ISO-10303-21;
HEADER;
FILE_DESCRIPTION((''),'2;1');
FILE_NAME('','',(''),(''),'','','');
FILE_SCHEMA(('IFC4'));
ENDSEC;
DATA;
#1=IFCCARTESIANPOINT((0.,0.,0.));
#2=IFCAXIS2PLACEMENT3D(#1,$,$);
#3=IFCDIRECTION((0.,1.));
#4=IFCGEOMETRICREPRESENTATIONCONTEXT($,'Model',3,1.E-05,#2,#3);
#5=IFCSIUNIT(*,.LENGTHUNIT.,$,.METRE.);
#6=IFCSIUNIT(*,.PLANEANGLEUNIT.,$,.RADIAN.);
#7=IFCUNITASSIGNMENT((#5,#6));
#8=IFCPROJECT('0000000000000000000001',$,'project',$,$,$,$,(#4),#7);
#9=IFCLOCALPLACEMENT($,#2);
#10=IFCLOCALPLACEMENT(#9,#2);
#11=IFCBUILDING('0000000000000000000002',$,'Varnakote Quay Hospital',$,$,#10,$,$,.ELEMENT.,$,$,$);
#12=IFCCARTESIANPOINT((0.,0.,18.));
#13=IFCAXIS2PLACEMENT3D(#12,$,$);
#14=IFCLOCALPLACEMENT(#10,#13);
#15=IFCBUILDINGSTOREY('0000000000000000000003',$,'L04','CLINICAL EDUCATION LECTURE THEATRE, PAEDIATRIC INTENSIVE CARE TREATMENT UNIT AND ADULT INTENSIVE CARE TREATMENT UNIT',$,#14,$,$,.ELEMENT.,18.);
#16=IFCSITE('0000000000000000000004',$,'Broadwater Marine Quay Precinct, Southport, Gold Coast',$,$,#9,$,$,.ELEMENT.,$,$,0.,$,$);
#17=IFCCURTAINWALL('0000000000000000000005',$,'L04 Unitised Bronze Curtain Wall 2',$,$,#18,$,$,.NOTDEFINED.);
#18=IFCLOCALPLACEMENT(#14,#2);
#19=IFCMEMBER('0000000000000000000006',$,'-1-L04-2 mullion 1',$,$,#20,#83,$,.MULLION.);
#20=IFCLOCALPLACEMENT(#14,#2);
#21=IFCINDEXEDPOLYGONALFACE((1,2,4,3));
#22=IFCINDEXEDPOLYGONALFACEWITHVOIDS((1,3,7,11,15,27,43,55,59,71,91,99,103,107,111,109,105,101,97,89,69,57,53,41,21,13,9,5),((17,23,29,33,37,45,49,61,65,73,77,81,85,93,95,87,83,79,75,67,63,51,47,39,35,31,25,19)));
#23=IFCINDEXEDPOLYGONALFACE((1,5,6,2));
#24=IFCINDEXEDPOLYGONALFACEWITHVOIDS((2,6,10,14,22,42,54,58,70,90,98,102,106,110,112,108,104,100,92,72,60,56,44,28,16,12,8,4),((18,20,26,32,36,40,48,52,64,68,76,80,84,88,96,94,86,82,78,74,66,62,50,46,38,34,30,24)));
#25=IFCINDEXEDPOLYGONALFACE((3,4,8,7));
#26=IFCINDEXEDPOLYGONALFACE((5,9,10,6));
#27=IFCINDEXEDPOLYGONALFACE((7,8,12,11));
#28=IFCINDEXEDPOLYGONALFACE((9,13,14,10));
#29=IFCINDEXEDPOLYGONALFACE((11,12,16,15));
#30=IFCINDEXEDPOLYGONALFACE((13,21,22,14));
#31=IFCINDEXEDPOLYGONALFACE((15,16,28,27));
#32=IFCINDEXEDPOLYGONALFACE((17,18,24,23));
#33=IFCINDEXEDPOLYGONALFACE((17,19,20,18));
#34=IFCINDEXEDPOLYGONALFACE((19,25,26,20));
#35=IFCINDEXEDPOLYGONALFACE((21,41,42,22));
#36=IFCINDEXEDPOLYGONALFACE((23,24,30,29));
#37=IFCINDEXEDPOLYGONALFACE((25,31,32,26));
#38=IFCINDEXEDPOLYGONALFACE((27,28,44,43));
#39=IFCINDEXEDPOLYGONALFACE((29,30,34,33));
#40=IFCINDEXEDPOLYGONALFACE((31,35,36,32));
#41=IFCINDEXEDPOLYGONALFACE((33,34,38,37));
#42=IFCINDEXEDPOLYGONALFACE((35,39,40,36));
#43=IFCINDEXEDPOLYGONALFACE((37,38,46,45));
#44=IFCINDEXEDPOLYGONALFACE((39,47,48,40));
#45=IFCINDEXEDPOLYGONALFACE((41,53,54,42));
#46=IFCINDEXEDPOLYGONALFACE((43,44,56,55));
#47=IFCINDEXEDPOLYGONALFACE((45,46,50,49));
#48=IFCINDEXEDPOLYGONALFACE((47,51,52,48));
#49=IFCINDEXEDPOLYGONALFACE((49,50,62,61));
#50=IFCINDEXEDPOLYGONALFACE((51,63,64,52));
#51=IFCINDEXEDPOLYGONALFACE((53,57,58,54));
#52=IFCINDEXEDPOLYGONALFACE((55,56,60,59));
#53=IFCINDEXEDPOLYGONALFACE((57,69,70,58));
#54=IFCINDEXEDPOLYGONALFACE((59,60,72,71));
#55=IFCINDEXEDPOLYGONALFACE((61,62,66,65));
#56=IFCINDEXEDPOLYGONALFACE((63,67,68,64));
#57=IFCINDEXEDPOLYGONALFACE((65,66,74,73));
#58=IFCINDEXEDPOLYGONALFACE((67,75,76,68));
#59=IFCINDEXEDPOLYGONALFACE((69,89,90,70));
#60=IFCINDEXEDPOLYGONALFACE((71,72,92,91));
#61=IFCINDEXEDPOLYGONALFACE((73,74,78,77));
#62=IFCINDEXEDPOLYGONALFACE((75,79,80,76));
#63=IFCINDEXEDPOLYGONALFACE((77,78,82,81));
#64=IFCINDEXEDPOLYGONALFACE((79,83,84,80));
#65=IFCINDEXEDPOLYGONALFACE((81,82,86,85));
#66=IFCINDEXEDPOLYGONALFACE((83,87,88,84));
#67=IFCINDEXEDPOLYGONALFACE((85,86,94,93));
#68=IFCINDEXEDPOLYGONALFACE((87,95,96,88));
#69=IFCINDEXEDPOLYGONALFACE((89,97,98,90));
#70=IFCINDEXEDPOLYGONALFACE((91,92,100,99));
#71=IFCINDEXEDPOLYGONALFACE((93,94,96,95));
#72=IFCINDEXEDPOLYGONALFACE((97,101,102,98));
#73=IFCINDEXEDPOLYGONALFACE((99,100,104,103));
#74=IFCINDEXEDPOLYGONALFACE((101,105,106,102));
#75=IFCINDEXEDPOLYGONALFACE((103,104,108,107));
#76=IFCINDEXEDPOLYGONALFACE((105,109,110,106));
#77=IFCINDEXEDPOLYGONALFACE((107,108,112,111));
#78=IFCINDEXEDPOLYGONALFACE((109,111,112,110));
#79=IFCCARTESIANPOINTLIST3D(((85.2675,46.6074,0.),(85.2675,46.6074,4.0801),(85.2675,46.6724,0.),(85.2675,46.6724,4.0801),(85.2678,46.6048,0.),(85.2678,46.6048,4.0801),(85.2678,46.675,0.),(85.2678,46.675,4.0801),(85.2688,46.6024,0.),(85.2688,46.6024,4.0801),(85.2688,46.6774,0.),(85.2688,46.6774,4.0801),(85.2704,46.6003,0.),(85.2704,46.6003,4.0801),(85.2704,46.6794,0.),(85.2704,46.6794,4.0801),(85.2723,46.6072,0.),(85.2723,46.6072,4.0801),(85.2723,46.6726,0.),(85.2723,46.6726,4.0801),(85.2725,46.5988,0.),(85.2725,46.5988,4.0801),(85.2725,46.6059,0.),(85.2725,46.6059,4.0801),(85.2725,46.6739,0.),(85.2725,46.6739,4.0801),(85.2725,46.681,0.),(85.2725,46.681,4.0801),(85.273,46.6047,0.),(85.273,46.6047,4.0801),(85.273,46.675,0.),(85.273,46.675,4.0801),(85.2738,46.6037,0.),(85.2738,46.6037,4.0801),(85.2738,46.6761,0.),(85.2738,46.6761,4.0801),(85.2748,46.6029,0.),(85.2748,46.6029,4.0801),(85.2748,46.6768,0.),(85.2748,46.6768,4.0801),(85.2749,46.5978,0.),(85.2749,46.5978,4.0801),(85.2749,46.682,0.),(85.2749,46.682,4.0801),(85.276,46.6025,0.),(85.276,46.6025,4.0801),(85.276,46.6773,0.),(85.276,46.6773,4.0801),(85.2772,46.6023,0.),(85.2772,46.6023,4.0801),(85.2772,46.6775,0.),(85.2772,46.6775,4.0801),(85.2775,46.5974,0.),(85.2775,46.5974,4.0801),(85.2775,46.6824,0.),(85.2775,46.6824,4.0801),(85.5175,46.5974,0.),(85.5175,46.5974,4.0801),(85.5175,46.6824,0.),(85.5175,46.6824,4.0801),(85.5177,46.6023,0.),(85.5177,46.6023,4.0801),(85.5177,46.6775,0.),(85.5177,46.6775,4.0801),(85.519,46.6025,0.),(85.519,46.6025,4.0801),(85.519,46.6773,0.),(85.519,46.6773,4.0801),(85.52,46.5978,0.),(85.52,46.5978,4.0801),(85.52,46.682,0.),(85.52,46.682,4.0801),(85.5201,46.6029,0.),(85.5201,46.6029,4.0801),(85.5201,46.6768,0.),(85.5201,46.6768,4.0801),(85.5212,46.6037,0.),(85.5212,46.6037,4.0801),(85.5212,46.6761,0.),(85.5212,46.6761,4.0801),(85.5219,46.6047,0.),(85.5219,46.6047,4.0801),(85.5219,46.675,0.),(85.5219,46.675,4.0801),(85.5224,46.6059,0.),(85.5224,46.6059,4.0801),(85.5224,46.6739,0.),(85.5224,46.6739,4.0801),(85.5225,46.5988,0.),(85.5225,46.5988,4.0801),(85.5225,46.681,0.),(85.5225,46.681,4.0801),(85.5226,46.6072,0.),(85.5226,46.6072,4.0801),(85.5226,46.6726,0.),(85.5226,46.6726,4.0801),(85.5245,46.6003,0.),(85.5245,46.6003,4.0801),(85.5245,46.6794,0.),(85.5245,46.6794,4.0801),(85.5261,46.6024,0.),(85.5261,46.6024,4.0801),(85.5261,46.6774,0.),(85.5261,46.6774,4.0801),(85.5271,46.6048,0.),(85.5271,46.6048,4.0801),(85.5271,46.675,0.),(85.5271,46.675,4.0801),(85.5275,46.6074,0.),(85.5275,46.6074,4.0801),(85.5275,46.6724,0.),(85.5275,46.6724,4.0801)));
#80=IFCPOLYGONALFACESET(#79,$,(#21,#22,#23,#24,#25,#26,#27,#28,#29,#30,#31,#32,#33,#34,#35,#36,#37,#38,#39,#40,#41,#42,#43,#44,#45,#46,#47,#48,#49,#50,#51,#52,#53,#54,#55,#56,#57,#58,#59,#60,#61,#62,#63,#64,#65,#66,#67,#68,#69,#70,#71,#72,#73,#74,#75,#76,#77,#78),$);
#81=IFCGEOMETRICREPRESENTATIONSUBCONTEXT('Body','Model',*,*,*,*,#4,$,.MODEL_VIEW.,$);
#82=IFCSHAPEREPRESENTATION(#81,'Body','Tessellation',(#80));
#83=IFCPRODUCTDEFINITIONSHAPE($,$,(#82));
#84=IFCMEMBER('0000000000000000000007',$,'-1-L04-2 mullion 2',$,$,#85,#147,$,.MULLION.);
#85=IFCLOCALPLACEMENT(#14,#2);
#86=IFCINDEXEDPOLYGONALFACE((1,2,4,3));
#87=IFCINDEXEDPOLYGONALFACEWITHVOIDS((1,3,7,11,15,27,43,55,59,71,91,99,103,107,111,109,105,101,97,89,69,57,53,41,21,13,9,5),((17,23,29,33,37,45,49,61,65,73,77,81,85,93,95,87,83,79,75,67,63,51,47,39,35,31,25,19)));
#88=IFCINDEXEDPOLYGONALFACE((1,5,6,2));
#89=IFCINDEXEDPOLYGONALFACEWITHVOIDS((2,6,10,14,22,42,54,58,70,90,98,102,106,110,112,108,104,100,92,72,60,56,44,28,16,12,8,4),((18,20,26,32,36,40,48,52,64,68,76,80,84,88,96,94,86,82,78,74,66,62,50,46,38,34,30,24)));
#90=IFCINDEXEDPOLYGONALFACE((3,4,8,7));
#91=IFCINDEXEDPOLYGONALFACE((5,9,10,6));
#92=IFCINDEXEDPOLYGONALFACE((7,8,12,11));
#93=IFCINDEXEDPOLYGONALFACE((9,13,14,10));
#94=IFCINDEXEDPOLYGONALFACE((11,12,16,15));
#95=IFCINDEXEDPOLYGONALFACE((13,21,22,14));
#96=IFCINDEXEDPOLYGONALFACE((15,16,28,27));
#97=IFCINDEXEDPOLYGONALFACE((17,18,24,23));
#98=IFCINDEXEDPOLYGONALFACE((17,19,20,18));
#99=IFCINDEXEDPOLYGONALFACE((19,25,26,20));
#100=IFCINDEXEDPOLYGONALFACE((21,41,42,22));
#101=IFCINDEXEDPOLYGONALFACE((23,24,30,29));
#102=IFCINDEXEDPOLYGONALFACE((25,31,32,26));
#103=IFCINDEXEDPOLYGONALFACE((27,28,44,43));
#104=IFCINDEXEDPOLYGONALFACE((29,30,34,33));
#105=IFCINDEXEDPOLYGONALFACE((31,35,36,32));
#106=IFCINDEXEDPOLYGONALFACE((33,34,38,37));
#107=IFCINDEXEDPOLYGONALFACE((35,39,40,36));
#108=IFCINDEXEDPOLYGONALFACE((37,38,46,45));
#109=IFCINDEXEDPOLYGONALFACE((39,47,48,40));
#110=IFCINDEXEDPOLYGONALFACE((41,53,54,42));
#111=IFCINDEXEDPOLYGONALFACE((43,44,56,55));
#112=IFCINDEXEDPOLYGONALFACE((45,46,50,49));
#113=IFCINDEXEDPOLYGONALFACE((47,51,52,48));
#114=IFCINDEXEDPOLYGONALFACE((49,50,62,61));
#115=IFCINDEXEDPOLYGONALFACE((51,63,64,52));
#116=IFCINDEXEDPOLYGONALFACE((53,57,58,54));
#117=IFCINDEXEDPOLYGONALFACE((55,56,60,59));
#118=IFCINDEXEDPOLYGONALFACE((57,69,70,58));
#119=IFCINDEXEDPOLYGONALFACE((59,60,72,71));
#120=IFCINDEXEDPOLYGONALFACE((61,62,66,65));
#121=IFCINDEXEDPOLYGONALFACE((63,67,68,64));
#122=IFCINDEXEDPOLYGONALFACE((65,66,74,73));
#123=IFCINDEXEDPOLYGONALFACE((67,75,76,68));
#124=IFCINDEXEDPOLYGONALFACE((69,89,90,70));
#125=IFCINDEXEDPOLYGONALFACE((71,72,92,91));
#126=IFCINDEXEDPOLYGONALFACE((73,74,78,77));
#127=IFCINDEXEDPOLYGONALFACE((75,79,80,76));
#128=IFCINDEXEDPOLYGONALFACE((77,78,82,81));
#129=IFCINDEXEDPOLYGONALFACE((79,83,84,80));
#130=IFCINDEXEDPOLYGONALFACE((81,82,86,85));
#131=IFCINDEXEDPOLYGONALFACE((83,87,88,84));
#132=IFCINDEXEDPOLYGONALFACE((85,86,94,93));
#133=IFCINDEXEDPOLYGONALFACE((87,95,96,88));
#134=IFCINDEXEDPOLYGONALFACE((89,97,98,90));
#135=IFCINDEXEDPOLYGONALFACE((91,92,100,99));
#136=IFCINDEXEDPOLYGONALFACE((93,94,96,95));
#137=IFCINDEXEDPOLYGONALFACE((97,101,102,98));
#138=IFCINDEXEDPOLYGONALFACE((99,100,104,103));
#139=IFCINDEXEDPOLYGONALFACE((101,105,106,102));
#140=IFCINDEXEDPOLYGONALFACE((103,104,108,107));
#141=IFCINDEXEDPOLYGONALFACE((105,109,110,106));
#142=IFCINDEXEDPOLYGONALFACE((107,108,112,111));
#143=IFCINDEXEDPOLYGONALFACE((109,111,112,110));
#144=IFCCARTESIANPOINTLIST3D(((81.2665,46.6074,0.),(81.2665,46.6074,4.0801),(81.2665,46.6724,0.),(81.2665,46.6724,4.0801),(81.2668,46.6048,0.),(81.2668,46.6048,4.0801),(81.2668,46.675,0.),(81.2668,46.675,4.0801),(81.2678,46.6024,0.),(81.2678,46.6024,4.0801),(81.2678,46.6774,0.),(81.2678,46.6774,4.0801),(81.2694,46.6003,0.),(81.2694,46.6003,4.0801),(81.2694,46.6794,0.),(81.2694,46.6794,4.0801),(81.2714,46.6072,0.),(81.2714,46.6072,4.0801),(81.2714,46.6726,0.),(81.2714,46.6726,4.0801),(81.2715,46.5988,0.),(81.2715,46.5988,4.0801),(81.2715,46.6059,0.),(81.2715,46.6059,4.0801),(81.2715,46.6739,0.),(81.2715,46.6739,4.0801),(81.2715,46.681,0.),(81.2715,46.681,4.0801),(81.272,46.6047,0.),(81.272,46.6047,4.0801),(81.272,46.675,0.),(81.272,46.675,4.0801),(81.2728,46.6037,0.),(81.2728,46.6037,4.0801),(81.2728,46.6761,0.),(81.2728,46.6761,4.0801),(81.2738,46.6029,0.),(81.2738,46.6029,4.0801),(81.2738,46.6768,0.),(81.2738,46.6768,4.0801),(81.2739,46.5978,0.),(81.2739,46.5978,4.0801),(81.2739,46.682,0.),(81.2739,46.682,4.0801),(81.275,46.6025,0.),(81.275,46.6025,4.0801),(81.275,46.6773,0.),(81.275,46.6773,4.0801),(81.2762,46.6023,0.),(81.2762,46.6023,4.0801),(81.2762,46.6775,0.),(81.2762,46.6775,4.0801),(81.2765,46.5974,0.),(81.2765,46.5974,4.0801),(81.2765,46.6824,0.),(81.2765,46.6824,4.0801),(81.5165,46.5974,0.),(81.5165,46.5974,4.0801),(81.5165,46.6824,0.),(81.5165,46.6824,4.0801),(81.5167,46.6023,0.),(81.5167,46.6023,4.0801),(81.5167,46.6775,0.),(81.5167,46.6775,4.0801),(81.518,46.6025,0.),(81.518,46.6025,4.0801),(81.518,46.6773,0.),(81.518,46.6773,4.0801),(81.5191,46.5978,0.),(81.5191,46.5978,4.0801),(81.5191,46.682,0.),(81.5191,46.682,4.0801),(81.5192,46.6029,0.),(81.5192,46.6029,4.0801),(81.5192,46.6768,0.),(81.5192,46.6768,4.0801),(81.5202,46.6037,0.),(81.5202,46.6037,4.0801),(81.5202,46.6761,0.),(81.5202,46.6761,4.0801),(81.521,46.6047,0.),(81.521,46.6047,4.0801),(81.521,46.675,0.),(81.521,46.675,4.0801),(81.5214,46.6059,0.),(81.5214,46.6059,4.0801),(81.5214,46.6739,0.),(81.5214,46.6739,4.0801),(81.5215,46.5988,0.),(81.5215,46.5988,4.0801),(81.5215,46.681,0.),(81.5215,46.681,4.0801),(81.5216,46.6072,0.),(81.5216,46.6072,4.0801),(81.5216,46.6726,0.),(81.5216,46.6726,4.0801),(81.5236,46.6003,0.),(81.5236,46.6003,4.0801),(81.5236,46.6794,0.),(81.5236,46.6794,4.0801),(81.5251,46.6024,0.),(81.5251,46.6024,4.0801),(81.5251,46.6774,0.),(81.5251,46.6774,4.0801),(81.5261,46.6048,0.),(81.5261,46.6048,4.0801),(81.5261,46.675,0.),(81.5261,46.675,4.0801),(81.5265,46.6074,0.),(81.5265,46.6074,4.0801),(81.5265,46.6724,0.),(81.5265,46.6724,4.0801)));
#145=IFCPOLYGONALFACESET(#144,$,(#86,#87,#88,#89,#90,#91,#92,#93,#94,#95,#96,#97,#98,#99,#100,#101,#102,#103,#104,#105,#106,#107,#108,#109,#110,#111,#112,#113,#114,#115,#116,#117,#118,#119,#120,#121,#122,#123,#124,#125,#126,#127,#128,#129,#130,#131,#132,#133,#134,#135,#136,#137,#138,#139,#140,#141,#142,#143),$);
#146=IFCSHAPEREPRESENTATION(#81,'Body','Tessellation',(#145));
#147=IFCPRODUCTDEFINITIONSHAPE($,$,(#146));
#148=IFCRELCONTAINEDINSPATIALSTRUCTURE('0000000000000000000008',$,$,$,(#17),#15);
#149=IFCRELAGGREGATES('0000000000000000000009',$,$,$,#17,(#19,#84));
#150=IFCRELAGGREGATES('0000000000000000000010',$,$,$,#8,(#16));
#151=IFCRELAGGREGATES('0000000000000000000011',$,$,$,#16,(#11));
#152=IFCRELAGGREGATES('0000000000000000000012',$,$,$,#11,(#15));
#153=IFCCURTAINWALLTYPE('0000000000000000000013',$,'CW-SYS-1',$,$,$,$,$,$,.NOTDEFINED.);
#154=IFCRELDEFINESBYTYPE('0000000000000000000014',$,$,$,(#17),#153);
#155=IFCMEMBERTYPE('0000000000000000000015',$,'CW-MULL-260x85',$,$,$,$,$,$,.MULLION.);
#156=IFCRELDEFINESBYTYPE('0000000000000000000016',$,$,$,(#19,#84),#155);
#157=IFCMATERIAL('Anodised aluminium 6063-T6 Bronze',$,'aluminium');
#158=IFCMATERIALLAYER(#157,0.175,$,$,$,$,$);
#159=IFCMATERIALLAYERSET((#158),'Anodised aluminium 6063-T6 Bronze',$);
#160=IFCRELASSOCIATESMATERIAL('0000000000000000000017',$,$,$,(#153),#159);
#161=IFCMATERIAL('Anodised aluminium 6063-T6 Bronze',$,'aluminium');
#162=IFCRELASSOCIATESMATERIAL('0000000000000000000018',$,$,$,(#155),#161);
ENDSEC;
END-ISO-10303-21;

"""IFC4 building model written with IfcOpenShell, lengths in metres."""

from ifc_helpers import new_model, si_unit, direction, frame, origin, origin_2d, place, context, subcontext, project, spatial, hollow_rectangle, extrude, material, layer, layer_set, material_profile, profile_set, type_object, element, aggregate, save


model = new_model("IFC4")

# Units and contexts
model_context = context("Model", 3, precision=1e-05, world=origin(), true_north=direction((0.0, 1.0)))
body_context = subcontext(model_context, "Body", "Model", "MODEL_VIEW")
ifc_project = project(units=[si_unit("LENGTHUNIT", "METRE"), si_unit("PLANEANGLEUNIT", "RADIAN")], contexts=[model_context])

# Site, building, storey
site_placement = place(None, origin())
site = spatial("IfcSite", under=ifc_project, at=site_placement, Name="Broadwater Marine Quay Precinct, Southport, Gold Coast", CompositionType="ELEMENT", RefElevation=0.0)
building_placement = place(site_placement, origin())
building = spatial("IfcBuilding", under=site, at=building_placement, Name="Varnakote Quay Hospital", CompositionType="ELEMENT")
storey_placement = place(building_placement, frame((0.0, 0.0, 18.0)))
storey = spatial("IfcBuildingStorey", under=building, at=storey_placement, Name="L04", Description="CLINICAL EDUCATION LECTURE THEATRE, PAEDIATRIC INTENSIVE CARE TREATMENT UNIT AND ADULT INTENSIVE CARE TREATMENT UNIT", CompositionType="ELEMENT", Elevation=18.0)

# Shared definitions
ifc_material_1 = material(Name="Anodised aluminium 6063-T6 Bronze", Category="aluminium")
ifc_layer_1 = layer(ifc_material_1, 0.175)
ifc_layer_set_1 = layer_set([ifc_layer_1], Name="Anodised aluminium 6063-T6 Bronze")
curtain_wall_type = type_object("IfcCurtainWallType", Name="CW-SYS-1", PredefinedType="NOTDEFINED", material=ifc_layer_set_1)
ifc_material_2 = material(Name="Anodised aluminium 6063-T6 Bronze", Category="aluminium")
ifc_material_profile_1 = material_profile(ifc_material_2, hollow_rectangle(XDim=0.085, YDim=0.26, WallThickness=0.0049, InnerFilletRadius=0.0049, OuterFilletRadius=0.01, at=origin_2d()), Name="CW-MULL-260x85")
ifc_profile_set_1 = profile_set([ifc_material_profile_1], Name="Anodised aluminium 6063-T6 Bronze")
member_type_1 = type_object("IfcMemberType", Name="CW-MULL-260x85", PredefinedType="MULLION", material=ifc_profile_set_1)

# Curtain wall, members
curtain_wall_1_placement = place(storey_placement, origin())
curtain_wall_1 = element("IfcCurtainWall", 1, at=curtain_wall_1_placement, inside=storey, type_object=curtain_wall_type, Name="L04 Unitised Bronze Curtain Wall 2", PredefinedType="NOTDEFINED")
member_1_placement = place(storey_placement, frame((85.3975, 46.6399, 0.0), z_axis=(0.0, 0.0, 1.0), x_axis=(0.0, -1.0, 0.0)))
member_1 = element("IfcMember", 2, at=member_1_placement, type_object=member_type_1, Name="-1-L04-2 mullion 1", PredefinedType="MULLION", context=body_context, shape_type="SweptSolid", body=[
    extrude(hollow_rectangle(XDim=0.085, YDim=0.26, WallThickness=0.0049, InnerFilletRadius=0.0049, OuterFilletRadius=0.01, at=origin_2d()), origin(), (0.0, 0.0, 1.0), 4.0801),
])
member_2_placement = place(storey_placement, frame((81.3965, 46.6399, 0.0), z_axis=(0.0, 0.0, 1.0), x_axis=(0.0, -1.0, 0.0)))
member_2 = element("IfcMember", 3, at=member_2_placement, type_object=member_type_1, Name="-1-L04-2 mullion 2", PredefinedType="MULLION", context=body_context, shape_type="SweptSolid", body=[
    extrude(hollow_rectangle(XDim=0.085, YDim=0.26, WallThickness=0.0049, InnerFilletRadius=0.0049, OuterFilletRadius=0.01, at=origin_2d()), origin(), (0.0, 0.0, 1.0), 4.0801),
])
aggregate(curtain_wall_1, [member_1, member_2])

save(model, "model.ifc")
